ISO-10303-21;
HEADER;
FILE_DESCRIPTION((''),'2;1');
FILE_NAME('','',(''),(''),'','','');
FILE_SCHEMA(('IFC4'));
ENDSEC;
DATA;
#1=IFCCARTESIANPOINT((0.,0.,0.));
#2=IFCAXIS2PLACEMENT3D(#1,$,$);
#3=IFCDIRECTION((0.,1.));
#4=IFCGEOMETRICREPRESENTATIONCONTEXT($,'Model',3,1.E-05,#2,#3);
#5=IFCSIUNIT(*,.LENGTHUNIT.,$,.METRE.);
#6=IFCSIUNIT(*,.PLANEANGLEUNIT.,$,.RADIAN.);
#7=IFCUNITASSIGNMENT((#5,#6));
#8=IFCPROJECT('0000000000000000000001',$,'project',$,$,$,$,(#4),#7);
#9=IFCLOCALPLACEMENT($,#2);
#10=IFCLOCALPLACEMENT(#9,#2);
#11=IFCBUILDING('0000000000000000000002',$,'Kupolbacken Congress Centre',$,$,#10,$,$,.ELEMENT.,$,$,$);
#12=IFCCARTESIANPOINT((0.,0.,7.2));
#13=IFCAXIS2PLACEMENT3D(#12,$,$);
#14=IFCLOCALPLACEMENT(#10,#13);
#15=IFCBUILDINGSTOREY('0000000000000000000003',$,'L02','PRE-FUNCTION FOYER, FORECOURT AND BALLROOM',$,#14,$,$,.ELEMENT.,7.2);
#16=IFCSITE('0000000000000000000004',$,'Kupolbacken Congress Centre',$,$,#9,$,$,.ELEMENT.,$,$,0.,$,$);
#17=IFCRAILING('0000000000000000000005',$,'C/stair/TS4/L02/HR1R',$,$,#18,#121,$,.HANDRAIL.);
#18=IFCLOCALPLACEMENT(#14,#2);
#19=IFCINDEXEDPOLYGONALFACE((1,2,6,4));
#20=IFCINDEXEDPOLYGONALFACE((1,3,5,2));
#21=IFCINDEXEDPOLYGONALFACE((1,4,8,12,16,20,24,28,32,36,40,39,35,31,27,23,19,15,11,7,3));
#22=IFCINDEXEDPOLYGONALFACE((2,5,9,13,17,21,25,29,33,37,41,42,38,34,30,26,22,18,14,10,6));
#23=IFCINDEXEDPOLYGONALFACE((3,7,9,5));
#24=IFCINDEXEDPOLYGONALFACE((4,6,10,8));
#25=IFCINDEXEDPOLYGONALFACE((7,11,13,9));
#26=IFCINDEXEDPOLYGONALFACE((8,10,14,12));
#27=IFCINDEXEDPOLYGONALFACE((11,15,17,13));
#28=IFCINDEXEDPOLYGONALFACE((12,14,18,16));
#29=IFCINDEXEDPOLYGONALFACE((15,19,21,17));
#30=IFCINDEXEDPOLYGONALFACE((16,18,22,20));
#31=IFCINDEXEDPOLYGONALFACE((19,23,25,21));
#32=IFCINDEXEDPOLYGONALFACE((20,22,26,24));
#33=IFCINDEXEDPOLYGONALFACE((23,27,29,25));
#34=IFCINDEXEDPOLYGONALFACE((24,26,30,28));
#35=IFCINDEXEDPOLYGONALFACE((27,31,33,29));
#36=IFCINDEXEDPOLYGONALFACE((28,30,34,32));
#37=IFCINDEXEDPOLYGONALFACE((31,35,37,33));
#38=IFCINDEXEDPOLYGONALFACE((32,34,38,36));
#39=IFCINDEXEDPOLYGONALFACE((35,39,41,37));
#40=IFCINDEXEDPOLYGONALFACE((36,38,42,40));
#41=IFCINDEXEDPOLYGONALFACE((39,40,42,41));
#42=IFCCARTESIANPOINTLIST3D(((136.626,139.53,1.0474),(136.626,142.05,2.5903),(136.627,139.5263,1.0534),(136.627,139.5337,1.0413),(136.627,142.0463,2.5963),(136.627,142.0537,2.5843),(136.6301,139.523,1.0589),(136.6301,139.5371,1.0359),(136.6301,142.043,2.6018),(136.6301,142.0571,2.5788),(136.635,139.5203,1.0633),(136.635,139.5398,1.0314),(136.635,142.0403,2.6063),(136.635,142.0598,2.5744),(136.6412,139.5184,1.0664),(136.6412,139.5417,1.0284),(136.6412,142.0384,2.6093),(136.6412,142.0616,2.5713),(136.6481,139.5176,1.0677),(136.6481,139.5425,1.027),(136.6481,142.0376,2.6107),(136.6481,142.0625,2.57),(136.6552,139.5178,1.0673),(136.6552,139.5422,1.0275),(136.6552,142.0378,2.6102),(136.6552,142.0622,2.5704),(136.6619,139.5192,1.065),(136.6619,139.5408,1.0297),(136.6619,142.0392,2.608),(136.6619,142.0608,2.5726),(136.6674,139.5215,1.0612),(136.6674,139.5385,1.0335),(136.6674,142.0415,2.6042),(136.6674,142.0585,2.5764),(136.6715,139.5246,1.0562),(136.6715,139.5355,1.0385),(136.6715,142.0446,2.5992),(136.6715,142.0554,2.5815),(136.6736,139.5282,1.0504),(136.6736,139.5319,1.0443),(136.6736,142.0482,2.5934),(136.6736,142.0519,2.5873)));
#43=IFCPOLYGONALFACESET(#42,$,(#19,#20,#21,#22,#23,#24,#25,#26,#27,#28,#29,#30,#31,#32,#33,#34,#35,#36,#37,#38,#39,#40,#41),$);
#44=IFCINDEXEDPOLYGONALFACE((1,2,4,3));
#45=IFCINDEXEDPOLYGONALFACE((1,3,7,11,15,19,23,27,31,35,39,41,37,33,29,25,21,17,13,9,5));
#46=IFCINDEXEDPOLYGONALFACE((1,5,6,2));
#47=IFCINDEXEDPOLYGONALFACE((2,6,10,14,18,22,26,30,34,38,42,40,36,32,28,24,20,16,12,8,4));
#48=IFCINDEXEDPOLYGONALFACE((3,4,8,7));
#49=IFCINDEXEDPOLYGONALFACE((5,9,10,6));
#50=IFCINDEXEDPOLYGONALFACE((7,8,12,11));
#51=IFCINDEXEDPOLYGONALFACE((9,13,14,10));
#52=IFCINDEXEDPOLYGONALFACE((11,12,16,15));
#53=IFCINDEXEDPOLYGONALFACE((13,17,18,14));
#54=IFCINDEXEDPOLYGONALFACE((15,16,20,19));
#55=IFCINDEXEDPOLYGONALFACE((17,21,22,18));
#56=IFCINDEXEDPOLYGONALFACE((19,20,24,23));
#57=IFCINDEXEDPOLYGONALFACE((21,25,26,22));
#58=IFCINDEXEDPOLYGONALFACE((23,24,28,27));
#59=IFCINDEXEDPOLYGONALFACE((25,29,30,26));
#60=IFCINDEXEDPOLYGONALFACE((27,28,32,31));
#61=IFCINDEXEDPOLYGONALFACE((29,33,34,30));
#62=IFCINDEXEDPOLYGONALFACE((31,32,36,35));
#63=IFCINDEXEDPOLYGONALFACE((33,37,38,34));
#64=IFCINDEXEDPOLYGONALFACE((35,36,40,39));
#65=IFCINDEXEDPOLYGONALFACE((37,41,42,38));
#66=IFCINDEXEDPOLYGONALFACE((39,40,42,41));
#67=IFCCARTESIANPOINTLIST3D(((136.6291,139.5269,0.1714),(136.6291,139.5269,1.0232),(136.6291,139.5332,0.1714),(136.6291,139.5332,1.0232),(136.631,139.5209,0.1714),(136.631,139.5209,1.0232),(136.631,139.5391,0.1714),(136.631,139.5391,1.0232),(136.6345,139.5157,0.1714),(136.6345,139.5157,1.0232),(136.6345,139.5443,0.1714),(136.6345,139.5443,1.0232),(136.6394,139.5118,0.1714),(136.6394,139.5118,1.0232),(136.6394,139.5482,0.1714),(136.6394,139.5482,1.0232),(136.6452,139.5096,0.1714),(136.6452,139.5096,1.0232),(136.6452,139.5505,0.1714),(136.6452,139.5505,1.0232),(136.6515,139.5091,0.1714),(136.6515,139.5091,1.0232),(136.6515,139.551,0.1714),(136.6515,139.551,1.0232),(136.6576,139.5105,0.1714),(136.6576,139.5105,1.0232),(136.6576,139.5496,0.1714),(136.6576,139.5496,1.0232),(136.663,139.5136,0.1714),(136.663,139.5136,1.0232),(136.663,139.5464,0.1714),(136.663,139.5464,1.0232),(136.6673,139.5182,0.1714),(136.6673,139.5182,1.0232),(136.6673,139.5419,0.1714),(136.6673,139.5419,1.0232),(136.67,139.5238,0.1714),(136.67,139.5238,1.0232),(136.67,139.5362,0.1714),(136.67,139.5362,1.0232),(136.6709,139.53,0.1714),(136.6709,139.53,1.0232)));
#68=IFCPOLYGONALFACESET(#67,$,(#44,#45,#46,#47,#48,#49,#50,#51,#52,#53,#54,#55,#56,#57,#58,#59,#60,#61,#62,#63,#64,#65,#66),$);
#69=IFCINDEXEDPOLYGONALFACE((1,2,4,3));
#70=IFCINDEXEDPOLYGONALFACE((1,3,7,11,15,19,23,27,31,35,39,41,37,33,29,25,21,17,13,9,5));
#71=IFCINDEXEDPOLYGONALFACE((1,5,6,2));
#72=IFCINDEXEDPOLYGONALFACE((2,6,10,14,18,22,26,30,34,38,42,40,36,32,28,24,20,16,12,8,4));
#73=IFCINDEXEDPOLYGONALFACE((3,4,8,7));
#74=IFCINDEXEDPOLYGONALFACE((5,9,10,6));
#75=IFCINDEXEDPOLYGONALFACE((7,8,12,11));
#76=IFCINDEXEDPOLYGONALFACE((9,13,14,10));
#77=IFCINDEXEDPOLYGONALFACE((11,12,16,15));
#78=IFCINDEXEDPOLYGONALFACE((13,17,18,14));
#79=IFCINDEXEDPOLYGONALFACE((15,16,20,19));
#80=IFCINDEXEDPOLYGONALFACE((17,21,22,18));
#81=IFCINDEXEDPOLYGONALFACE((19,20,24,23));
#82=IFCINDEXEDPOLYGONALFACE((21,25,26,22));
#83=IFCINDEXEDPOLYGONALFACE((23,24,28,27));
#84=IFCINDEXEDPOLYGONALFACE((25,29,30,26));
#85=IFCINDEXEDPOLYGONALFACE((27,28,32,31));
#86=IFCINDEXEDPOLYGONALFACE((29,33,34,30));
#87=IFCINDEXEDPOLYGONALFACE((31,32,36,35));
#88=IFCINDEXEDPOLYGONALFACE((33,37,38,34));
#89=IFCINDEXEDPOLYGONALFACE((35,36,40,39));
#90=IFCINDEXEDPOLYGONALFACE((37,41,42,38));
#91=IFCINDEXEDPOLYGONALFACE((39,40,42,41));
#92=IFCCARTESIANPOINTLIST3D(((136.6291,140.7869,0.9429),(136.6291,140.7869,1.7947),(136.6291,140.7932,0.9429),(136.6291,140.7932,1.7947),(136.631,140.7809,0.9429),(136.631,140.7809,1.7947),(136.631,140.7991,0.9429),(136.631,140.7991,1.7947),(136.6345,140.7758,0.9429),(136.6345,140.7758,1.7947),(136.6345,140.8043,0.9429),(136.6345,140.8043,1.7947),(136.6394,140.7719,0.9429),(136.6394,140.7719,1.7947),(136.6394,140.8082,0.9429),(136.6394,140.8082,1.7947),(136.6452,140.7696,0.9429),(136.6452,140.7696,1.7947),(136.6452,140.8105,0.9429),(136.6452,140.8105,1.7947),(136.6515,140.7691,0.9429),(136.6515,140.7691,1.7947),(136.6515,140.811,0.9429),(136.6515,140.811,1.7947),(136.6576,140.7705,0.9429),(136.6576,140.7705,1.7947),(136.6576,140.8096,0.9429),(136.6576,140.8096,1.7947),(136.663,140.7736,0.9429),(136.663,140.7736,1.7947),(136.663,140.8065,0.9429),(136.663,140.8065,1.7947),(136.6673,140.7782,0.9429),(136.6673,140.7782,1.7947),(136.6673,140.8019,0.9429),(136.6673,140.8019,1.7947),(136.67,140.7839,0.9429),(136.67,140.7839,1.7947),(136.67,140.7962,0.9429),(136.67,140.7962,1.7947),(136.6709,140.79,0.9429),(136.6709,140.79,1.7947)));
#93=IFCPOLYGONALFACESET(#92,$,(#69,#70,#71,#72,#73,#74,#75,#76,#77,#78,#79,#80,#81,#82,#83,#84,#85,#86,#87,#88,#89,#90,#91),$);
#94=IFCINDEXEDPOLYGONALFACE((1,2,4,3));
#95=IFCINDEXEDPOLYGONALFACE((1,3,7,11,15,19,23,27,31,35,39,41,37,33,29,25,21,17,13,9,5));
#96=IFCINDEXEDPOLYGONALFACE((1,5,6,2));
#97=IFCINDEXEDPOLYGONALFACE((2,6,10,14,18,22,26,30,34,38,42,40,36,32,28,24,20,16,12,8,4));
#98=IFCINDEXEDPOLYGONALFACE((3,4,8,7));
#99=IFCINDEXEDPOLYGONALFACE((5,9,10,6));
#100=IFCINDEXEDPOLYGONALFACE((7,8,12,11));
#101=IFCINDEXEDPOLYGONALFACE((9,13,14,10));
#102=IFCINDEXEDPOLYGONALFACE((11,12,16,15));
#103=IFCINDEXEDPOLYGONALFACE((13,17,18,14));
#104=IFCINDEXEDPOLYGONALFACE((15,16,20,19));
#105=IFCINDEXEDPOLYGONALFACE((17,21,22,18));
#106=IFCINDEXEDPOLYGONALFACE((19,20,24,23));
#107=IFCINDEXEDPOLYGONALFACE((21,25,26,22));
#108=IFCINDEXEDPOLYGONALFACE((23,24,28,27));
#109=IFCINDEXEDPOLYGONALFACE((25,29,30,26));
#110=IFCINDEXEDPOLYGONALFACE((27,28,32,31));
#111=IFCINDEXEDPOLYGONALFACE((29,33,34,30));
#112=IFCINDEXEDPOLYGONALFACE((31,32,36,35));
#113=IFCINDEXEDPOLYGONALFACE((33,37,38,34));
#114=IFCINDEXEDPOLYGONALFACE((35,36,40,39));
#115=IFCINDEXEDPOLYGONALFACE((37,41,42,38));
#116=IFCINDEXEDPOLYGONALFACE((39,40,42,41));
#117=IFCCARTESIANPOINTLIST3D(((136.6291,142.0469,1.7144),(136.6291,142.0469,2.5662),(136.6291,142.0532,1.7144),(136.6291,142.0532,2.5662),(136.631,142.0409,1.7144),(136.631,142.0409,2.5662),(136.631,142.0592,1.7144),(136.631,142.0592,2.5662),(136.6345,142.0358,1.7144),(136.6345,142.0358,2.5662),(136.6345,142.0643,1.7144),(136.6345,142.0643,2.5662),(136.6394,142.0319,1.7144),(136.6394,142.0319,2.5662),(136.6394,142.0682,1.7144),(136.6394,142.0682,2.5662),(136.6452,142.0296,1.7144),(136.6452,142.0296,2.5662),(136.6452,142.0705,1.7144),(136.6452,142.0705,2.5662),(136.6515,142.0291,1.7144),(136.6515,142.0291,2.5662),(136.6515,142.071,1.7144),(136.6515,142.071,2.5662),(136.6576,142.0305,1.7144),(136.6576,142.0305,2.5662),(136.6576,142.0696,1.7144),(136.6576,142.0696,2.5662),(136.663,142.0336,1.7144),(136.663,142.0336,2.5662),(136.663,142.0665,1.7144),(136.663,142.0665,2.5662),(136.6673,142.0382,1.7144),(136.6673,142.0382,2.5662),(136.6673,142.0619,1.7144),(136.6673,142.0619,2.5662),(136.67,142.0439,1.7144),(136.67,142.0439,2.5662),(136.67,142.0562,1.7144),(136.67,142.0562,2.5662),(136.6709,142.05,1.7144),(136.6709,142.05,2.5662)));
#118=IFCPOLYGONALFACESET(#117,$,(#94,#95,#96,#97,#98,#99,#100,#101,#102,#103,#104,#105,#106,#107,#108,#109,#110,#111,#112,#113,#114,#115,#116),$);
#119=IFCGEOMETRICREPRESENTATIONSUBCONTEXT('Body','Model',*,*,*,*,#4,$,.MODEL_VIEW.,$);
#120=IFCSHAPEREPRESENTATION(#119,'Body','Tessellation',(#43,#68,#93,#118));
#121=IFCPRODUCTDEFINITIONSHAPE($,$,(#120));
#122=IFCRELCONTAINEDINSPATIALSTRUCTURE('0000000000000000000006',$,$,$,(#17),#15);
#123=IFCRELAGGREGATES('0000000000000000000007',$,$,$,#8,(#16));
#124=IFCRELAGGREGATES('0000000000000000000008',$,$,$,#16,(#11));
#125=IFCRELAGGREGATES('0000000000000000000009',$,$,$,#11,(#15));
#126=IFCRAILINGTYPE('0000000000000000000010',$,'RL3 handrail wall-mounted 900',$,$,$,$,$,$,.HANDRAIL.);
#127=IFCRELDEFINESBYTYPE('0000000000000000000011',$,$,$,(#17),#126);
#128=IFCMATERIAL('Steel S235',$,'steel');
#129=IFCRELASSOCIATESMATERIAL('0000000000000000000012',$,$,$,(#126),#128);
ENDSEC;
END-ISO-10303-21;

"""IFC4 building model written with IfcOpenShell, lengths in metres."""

from ifc_helpers import new_model, si_unit, direction, frame, origin, origin_2d, place, context, subcontext, project, spatial, circle, extrude, material, type_object, element, save


model = new_model("IFC4")

# Units and contexts
model_context = context("Model", 3, precision=1e-05, world=origin(), true_north=direction((0.0, 1.0)))
body_context = subcontext(model_context, "Body", "Model", "MODEL_VIEW")
ifc_project = project(units=[si_unit("LENGTHUNIT", "METRE"), si_unit("PLANEANGLEUNIT", "RADIAN")], contexts=[model_context])

# Site, building, storey
site_placement = place(None, origin())
site = spatial("IfcSite", under=ifc_project, at=site_placement, Name="Kupolbacken Congress Centre", CompositionType="ELEMENT", RefElevation=0.0)
building_placement = place(site_placement, origin())
building = spatial("IfcBuilding", under=site, at=building_placement, Name="Kupolbacken Congress Centre", CompositionType="ELEMENT")
storey_placement = place(building_placement, frame((0.0, 0.0, 7.2)))
storey = spatial("IfcBuildingStorey", under=building, at=storey_placement, Name="L02", Description="PRE-FUNCTION FOYER, FORECOURT AND BALLROOM", CompositionType="ELEMENT", Elevation=7.2)

# Railing
ifc_material_1 = material(Name="Steel S235", Category="steel")
railing_type = type_object("IfcRailingType", Name="RL3 handrail wall-mounted 900", PredefinedType="HANDRAIL", material=ifc_material_1)
for number, where, name in (
    (1, (136.6499, 139.53, 0.1714), "C/stair/TS4/L02/HR1R"),
):
    element("IfcRailing", number, at=place(storey_placement, frame(where)), inside=storey, type_object=railing_type, Name=name, PredefinedType="HANDRAIL", context=body_context, shape_type="SweptSolid", body=[
        extrude(circle(Radius=0.0239, at=origin_2d()), frame((0.0, 0.0, 0.876), z_axis=(0.0, 0.852836, 0.522178), x_axis=(-1.0, 0.0, 0.0)), (0.0, 0.0, 1.0), 2.9548),
        extrude(circle(Radius=0.021, at=origin_2d()), origin(), (0.0, 0.0, 1.0), 0.8518),
        extrude(circle(Radius=0.021, at=origin_2d()), frame((0.0, 1.26, 0.7715)), (0.0, 0.0, 1.0), 0.8518),
        extrude(circle(Radius=0.021, at=origin_2d()), frame((0.0, 2.52, 1.543)), (0.0, 0.0, 1.0), 0.8518),
    ])

save(model, "model.ifc")
